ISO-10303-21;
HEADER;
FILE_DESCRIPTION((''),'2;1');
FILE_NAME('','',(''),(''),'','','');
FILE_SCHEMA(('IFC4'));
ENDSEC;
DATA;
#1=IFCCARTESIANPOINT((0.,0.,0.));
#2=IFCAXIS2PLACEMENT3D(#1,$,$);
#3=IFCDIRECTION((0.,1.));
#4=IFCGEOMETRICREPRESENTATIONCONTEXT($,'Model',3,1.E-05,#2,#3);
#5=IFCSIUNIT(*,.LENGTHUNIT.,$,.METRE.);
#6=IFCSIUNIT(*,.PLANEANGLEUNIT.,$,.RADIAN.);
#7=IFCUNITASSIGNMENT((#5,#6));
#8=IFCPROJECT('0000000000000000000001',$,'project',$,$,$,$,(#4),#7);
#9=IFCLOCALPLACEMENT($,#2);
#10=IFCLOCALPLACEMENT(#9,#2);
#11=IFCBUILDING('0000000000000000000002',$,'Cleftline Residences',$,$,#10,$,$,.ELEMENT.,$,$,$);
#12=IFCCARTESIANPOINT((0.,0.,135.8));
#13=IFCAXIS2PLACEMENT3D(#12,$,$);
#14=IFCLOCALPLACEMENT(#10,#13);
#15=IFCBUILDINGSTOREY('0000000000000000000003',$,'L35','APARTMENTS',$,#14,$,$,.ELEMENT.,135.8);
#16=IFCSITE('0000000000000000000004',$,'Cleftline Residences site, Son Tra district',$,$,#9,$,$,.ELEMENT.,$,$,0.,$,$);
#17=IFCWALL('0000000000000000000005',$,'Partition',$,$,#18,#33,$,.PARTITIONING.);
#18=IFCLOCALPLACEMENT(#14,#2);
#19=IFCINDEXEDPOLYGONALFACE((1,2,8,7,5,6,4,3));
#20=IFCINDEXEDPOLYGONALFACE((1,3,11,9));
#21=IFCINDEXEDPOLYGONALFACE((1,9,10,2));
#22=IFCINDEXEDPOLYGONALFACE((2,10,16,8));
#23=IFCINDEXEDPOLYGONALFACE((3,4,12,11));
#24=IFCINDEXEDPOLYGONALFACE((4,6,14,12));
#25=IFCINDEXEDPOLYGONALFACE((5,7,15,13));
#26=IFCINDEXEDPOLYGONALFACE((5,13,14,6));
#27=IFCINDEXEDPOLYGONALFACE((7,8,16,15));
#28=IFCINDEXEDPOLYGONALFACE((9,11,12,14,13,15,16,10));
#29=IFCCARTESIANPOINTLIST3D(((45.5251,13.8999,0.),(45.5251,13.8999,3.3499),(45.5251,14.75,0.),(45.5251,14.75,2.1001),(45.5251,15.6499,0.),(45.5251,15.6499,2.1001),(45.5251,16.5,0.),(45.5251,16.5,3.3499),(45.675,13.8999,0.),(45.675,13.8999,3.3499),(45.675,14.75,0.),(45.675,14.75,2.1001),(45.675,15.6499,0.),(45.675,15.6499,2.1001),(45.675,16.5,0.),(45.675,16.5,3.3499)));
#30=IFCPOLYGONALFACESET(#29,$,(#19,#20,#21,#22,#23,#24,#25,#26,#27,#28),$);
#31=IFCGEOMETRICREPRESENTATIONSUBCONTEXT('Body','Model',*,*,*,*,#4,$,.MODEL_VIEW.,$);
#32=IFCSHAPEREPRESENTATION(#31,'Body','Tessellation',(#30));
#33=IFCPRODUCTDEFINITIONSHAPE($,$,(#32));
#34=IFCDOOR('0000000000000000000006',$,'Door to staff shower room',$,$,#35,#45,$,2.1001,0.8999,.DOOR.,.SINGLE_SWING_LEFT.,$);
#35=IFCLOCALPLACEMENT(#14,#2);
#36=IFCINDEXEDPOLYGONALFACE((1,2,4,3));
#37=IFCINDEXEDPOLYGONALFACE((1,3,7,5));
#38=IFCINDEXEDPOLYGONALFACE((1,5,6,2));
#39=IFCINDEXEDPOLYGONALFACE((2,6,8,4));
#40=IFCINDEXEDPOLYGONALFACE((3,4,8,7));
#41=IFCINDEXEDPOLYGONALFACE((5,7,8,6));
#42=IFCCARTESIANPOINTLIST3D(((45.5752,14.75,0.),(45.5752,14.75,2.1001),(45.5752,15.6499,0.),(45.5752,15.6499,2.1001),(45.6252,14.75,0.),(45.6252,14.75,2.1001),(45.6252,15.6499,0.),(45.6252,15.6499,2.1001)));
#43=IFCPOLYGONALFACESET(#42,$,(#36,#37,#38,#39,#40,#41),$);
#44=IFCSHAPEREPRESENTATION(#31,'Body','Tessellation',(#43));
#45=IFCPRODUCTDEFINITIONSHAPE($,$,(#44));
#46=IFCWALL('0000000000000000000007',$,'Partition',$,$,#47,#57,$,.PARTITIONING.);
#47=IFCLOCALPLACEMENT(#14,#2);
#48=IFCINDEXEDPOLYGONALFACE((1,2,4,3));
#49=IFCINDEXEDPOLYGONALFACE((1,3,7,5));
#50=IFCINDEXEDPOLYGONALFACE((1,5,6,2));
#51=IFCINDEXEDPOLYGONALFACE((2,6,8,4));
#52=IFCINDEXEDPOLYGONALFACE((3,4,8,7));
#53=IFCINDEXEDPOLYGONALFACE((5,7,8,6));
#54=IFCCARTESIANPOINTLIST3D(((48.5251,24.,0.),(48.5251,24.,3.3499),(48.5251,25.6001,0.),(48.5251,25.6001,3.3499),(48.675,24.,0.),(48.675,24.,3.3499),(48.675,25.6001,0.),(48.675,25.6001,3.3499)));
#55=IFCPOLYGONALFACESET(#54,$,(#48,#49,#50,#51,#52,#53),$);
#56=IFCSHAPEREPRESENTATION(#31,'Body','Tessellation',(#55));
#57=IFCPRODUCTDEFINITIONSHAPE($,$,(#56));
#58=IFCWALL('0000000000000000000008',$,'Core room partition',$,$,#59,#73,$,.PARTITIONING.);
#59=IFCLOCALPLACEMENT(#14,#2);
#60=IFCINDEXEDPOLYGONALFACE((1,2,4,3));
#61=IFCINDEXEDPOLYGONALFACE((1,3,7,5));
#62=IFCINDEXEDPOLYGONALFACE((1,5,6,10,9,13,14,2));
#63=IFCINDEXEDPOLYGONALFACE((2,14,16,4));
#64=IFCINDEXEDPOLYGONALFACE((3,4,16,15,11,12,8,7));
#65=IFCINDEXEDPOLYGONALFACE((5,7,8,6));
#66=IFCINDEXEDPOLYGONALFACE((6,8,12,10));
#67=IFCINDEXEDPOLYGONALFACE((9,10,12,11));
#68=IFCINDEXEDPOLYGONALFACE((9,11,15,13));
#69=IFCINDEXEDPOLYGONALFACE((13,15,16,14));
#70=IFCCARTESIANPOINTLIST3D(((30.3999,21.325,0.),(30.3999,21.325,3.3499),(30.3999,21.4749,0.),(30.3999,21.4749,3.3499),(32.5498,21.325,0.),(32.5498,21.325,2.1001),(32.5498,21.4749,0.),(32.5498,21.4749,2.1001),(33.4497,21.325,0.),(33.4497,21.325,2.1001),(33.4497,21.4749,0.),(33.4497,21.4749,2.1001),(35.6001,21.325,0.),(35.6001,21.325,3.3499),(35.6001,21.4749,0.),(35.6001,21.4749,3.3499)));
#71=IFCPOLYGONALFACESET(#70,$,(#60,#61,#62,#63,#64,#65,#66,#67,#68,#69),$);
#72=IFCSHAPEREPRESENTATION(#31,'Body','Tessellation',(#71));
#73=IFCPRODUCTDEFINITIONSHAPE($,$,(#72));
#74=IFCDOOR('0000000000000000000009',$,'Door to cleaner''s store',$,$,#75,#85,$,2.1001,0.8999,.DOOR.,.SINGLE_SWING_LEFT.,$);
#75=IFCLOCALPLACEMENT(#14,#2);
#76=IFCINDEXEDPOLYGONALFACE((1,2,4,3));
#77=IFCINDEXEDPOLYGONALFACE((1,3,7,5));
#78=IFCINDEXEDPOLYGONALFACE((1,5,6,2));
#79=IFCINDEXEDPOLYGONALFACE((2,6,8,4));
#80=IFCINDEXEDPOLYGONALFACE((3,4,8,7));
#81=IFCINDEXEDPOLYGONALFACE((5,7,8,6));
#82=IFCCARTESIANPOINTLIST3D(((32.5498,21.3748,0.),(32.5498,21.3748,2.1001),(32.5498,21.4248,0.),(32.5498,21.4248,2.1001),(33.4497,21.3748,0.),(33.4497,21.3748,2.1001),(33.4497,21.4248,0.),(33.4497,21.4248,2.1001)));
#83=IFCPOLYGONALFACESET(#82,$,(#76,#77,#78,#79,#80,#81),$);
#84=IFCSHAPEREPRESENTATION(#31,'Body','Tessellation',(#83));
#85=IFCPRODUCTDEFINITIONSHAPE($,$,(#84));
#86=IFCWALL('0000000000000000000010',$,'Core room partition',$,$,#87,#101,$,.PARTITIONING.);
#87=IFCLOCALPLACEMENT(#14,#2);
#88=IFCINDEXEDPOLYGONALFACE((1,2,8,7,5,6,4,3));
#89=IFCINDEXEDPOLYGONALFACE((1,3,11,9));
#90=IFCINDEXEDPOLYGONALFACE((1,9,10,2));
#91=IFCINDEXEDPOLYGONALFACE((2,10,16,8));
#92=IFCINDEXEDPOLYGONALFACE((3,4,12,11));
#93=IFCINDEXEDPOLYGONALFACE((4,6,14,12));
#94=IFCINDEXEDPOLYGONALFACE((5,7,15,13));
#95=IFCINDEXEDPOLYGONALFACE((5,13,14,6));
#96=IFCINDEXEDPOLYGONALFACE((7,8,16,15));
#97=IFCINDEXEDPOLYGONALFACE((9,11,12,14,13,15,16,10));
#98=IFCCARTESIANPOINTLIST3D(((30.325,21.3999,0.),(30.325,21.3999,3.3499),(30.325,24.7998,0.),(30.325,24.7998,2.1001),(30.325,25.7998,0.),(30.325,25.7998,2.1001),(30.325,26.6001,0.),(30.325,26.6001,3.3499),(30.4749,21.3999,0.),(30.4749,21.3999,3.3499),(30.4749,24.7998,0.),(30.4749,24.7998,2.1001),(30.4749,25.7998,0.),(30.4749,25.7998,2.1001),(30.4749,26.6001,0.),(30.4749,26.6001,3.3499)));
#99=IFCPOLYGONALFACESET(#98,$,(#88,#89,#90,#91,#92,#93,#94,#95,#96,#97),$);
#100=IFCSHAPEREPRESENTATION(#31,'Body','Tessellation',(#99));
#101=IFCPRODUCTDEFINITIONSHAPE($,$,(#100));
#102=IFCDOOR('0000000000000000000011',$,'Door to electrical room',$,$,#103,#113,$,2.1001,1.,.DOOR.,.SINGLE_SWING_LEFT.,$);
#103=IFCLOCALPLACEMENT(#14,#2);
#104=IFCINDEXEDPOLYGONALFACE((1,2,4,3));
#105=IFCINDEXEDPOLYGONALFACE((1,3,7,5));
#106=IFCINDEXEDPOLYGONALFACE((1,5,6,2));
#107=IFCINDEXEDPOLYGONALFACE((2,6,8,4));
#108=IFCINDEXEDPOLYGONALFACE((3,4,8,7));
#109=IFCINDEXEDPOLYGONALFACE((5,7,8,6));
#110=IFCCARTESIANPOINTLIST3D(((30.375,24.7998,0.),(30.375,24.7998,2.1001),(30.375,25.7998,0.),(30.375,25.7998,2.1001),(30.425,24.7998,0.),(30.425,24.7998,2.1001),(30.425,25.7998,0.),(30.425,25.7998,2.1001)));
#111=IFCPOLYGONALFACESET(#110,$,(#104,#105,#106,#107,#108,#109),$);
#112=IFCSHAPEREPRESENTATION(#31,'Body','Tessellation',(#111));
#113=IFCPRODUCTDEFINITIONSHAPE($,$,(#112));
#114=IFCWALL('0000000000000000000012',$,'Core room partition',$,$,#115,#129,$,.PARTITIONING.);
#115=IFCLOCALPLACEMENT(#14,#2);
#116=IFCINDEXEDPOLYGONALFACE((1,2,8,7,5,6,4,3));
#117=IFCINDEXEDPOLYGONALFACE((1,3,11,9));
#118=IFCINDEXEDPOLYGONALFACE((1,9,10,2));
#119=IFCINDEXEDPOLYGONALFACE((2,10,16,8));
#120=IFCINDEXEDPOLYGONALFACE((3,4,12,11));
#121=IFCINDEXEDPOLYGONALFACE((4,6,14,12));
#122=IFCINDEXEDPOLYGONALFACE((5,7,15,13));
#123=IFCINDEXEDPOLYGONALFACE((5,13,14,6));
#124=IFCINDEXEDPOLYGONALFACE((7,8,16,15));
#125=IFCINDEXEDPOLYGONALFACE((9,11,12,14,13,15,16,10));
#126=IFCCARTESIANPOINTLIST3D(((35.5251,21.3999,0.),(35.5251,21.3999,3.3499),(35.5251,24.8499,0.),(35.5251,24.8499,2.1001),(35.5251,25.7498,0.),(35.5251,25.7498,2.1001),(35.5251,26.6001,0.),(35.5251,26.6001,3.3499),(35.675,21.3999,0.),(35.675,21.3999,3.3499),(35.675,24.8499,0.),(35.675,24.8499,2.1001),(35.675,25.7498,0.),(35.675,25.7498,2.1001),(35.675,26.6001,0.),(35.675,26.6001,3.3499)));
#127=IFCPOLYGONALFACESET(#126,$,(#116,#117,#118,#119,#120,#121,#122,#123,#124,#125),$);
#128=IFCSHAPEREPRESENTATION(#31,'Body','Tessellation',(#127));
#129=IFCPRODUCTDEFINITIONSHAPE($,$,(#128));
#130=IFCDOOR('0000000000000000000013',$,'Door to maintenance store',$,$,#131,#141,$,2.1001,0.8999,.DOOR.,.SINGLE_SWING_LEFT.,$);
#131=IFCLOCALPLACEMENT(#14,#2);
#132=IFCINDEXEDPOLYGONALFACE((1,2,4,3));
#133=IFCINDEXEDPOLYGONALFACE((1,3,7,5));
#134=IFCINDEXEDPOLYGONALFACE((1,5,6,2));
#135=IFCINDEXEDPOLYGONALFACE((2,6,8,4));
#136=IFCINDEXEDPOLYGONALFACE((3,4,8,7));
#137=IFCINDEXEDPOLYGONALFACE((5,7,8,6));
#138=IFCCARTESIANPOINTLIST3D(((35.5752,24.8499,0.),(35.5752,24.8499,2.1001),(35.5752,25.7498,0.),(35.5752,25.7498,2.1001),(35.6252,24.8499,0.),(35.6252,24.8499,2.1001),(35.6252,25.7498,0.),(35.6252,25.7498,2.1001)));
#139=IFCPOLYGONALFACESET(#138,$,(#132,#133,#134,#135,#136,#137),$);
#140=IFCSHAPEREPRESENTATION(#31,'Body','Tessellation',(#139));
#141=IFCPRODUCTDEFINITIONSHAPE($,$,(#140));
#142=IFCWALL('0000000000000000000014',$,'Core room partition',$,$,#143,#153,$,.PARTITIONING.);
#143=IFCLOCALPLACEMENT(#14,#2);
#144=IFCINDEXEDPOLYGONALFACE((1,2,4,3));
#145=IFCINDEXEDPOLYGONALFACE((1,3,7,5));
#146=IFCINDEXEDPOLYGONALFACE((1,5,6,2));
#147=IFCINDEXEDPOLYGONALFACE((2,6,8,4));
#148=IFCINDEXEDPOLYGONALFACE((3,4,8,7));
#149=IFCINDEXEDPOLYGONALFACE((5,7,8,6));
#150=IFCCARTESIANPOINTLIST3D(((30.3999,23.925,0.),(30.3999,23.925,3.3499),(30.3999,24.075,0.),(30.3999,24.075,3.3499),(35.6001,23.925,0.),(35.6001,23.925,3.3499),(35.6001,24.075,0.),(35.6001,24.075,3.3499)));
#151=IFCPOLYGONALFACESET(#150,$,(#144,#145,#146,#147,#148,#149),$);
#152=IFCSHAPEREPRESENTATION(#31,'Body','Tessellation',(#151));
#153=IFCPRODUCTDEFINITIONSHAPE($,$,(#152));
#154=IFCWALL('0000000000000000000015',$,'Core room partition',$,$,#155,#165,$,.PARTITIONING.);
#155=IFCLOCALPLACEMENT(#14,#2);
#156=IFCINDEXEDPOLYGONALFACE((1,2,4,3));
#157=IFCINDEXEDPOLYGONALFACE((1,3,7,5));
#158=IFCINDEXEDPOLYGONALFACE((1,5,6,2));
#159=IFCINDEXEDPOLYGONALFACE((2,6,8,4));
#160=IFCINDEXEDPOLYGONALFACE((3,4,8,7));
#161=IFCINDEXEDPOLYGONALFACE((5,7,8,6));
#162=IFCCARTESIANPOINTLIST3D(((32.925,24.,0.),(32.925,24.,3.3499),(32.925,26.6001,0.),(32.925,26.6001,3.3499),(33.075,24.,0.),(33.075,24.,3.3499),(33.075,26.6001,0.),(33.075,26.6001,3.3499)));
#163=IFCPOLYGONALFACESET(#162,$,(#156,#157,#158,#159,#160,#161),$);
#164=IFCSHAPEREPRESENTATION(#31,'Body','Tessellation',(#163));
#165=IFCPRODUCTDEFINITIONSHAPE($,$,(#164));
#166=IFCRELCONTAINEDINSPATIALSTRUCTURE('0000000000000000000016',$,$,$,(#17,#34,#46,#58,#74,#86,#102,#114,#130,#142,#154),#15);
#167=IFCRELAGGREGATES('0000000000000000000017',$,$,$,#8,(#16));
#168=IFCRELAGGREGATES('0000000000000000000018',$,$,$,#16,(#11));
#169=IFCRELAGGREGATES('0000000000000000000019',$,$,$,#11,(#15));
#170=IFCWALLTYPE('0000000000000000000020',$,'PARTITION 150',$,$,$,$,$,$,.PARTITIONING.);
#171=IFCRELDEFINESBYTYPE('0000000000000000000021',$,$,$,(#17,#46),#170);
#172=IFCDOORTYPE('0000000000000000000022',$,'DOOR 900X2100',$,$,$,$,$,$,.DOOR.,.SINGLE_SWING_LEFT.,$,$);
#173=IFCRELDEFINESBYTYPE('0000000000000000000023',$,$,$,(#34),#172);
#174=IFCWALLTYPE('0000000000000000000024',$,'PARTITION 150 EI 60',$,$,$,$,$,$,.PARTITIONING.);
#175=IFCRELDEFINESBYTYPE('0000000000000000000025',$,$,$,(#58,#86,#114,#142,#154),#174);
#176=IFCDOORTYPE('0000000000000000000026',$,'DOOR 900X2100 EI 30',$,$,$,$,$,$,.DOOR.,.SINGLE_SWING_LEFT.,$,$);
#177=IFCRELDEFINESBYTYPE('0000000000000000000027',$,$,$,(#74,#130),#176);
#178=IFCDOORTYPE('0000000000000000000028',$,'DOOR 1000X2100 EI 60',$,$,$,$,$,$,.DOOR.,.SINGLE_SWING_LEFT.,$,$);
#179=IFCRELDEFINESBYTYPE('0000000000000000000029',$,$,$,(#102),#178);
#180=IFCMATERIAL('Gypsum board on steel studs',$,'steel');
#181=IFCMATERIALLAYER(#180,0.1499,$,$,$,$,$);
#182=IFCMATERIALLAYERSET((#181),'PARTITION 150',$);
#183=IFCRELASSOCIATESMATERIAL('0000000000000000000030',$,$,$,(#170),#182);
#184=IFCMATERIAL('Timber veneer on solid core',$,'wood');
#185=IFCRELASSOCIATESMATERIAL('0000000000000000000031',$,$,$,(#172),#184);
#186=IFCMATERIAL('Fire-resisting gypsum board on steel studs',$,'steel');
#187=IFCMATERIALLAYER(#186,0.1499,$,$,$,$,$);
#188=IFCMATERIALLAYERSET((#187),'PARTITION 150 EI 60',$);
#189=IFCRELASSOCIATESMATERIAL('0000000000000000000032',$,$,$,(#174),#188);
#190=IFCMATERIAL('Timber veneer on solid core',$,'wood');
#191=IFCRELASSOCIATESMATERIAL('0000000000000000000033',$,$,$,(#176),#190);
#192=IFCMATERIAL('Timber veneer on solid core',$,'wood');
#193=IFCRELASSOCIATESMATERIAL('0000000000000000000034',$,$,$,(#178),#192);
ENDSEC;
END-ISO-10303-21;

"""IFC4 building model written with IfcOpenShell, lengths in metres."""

from ifc_helpers import new_model, si_unit, direction, frame, frame_2d, origin, place, context, subcontext, project, spatial, rectangle, extrude, material, layer, layer_set, type_object, element, fill, save


model = new_model("IFC4")

# Units and contexts
model_context = context("Model", 3, precision=1e-05, world=origin(), true_north=direction((0.0, 1.0)))
body_context = subcontext(model_context, "Body", "Model", "MODEL_VIEW")
ifc_project = project(units=[si_unit("LENGTHUNIT", "METRE"), si_unit("PLANEANGLEUNIT", "RADIAN")], contexts=[model_context])

# Site, building, storey
site_placement = place(None, origin())
site = spatial("IfcSite", under=ifc_project, at=site_placement, Name="Cleftline Residences site, Son Tra district", CompositionType="ELEMENT", RefElevation=0.0)
building_placement = place(site_placement, origin())
building = spatial("IfcBuilding", under=site, at=building_placement, Name="Cleftline Residences", CompositionType="ELEMENT")
storey_placement = place(building_placement, frame((0.0, 0.0, 135.8)))
storey = spatial("IfcBuildingStorey", under=building, at=storey_placement, Name="L35", Description="APARTMENTS", CompositionType="ELEMENT", Elevation=135.8)

# Shared definitions
ifc_material_1 = material(Name="Gypsum board on steel studs", Category="steel")
ifc_layer_1 = layer(ifc_material_1, 0.1499)
ifc_layer_set_1 = layer_set([ifc_layer_1], Name="PARTITION 150")
wall_type_1 = type_object("IfcWallType", Name="PARTITION 150", PredefinedType="PARTITIONING", material=ifc_layer_set_1)

# Wall, opening, door
wall_1_placement = place(storey_placement, frame((45.6001, 13.8999, 0.0), z_axis=(0.0, 0.0, 1.0), x_axis=(0.0, 1.0, 0.0)))
wall_1 = element("IfcWall", 1, at=wall_1_placement, inside=storey, type_object=wall_type_1, Name="Partition", PredefinedType="PARTITIONING", context=body_context, shape_type="SweptSolid", body=[
    extrude(rectangle(XDim=2.6001, YDim=0.1499, at=frame_2d((1.3, 0.0))), origin(), (0.0, 0.0, 1.0), 3.3499),
])
opening_1_placement = place(wall_1_placement, frame((0.8501, 0.0, 0.0)))
opening_1 = element("IfcOpeningElement", 2, at=opening_1_placement, cuts=wall_1, PredefinedType="OPENING", context=body_context, shape_type="SweptSolid", body=[
    extrude(rectangle(XDim=0.8999, YDim=2.1001, at=frame_2d((0.45, 1.05))), frame((0.0, 0.085, 0.0), z_axis=(0.0, -1.0, 0.0), x_axis=(1.0, 0.0, 0.0)), (0.0, 0.0, 1.0), 0.1699),
])
ifc_material_2 = material(Name="Timber veneer on solid core", Category="wood")
door_type_1 = type_object("IfcDoorType", Name="DOOR 900X2100", OperationType="SINGLE_SWING_LEFT", PredefinedType="DOOR", material=ifc_material_2)
door_1_placement = place(opening_1_placement, origin())
door_1 = element("IfcDoor", 3, at=door_1_placement, inside=storey, type_object=door_type_1, Name="Door to staff shower room", OperationType="SINGLE_SWING_LEFT", OverallHeight=2.1001, OverallWidth=0.8999, PredefinedType="DOOR", context=body_context, shape_type="SweptSolid", body=[
    extrude(rectangle(XDim=0.8999, YDim=2.1001, at=frame_2d((0.45, 1.05))), frame((0.0, 0.0249, 0.0), z_axis=(0.0, -1.0, 0.0), x_axis=(1.0, 0.0, 0.0)), (0.0, 0.0, 1.0), 0.05),
])
fill(opening_1, door_1)

# Wall
wall_2_placement = place(storey_placement, frame((48.6001, 24.0, 0.0), z_axis=(0.0, 0.0, 1.0), x_axis=(0.0, 1.0, 0.0)))
element("IfcWall", 4, at=wall_2_placement, inside=storey, type_object=wall_type_1, Name="Partition", PredefinedType="PARTITIONING", context=body_context, shape_type="SweptSolid", body=[
    extrude(rectangle(XDim=1.6001, YDim=0.1499, at=frame_2d((0.8, 0.0))), origin(), (0.0, 0.0, 1.0), 3.3499),
])

# Walls, openings, doors
ifc_material_3 = material(Name="Fire-resisting gypsum board on steel studs", Category="steel")
ifc_layer_2 = layer(ifc_material_3, 0.1499)
ifc_layer_set_2 = layer_set([ifc_layer_2], Name="PARTITION 150 EI 60")
wall_type_2 = type_object("IfcWallType", Name="PARTITION 150 EI 60", PredefinedType="PARTITIONING", material=ifc_layer_set_2)
wall_3_placement = place(storey_placement, frame((30.3999, 21.3999, 0.0), z_axis=(0.0, 0.0, 1.0), x_axis=(1.0, 0.0, 0.0)))
wall_3 = element("IfcWall", 5, at=wall_3_placement, inside=storey, type_object=wall_type_2, Name="Core room partition", PredefinedType="PARTITIONING", context=body_context, shape_type="SweptSolid", body=[
    extrude(rectangle(XDim=5.2002, YDim=0.1499, at=frame_2d((2.6001, 0.0))), origin(), (0.0, 0.0, 1.0), 3.3499),
])
opening_2_placement = place(wall_3_placement, frame((2.1499, 0.0, 0.0)))
opening_2 = element("IfcOpeningElement", 6, at=opening_2_placement, cuts=wall_3, PredefinedType="OPENING", context=body_context, shape_type="SweptSolid", body=[
    extrude(rectangle(XDim=0.8999, YDim=2.1001, at=frame_2d((0.45, 1.05))), frame((0.0, 0.085, 0.0), z_axis=(0.0, -1.0, 0.0), x_axis=(1.0, 0.0, 0.0)), (0.0, 0.0, 1.0), 0.1699),
])
ifc_material_4 = material(Name="Timber veneer on solid core", Category="wood")
door_type_2 = type_object("IfcDoorType", Name="DOOR 900X2100 EI 30", OperationType="SINGLE_SWING_LEFT", PredefinedType="DOOR", material=ifc_material_4)
door_2_placement = place(opening_2_placement, origin())
door_2 = element("IfcDoor", 7, at=door_2_placement, inside=storey, type_object=door_type_2, Name="Door to cleaner's store", OperationType="SINGLE_SWING_LEFT", OverallHeight=2.1001, OverallWidth=0.8999, PredefinedType="DOOR", context=body_context, shape_type="SweptSolid", body=[
    extrude(rectangle(XDim=0.8999, YDim=2.1001, at=frame_2d((0.45, 1.05))), frame((0.0, 0.0249, 0.0), z_axis=(0.0, -1.0, 0.0), x_axis=(1.0, 0.0, 0.0)), (0.0, 0.0, 1.0), 0.05),
])
fill(opening_2, door_2)
wall_4_placement = place(storey_placement, frame((30.3999, 21.3999, 0.0), z_axis=(0.0, 0.0, 1.0), x_axis=(0.0, 1.0, 0.0)))
wall_4 = element("IfcWall", 8, at=wall_4_placement, inside=storey, type_object=wall_type_2, Name="Core room partition", PredefinedType="PARTITIONING", context=body_context, shape_type="SweptSolid", body=[
    extrude(rectangle(XDim=5.2002, YDim=0.1499, at=frame_2d((2.6001, 0.0))), origin(), (0.0, 0.0, 1.0), 3.3499),
])
opening_3_placement = place(wall_4_placement, frame((3.3999, 0.0, 0.0)))
opening_3 = element("IfcOpeningElement", 9, at=opening_3_placement, cuts=wall_4, PredefinedType="OPENING", context=body_context, shape_type="SweptSolid", body=[
    extrude(rectangle(XDim=1.0, YDim=2.1001, at=frame_2d((0.5, 1.05))), frame((0.0, 0.085, 0.0), z_axis=(0.0, -1.0, 0.0), x_axis=(1.0, 0.0, 0.0)), (0.0, 0.0, 1.0), 0.1699),
])
ifc_material_5 = material(Name="Timber veneer on solid core", Category="wood")
door_type_3 = type_object("IfcDoorType", Name="DOOR 1000X2100 EI 60", OperationType="SINGLE_SWING_LEFT", PredefinedType="DOOR", material=ifc_material_5)
door_3_placement = place(opening_3_placement, origin())
door_3 = element("IfcDoor", 10, at=door_3_placement, inside=storey, type_object=door_type_3, Name="Door to electrical room", OperationType="SINGLE_SWING_LEFT", OverallHeight=2.1001, OverallWidth=1.0, PredefinedType="DOOR", context=body_context, shape_type="SweptSolid", body=[
    extrude(rectangle(XDim=1.0, YDim=2.1001, at=frame_2d((0.5, 1.05))), frame((0.0, 0.0249, 0.0), z_axis=(0.0, -1.0, 0.0), x_axis=(1.0, 0.0, 0.0)), (0.0, 0.0, 1.0), 0.05),
])
fill(opening_3, door_3)
wall_5_placement = place(storey_placement, frame((35.6001, 21.3999, 0.0), z_axis=(0.0, 0.0, 1.0), x_axis=(0.0, 1.0, 0.0)))
wall_5 = element("IfcWall", 11, at=wall_5_placement, inside=storey, type_object=wall_type_2, Name="Core room partition", PredefinedType="PARTITIONING", context=body_context, shape_type="SweptSolid", body=[
    extrude(rectangle(XDim=5.2002, YDim=0.1499, at=frame_2d((2.6001, 0.0))), origin(), (0.0, 0.0, 1.0), 3.3499),
])
opening_4_placement = place(wall_5_placement, frame((3.45, 0.0, 0.0)))
opening_4 = element("IfcOpeningElement", 12, at=opening_4_placement, cuts=wall_5, PredefinedType="OPENING", context=body_context, shape_type="SweptSolid", body=[
    extrude(rectangle(XDim=0.8999, YDim=2.1001, at=frame_2d((0.45, 1.05))), frame((0.0, 0.085, 0.0), z_axis=(0.0, -1.0, 0.0), x_axis=(1.0, 0.0, 0.0)), (0.0, 0.0, 1.0), 0.1699),
])
door_4_placement = place(opening_4_placement, origin())
door_4 = element("IfcDoor", 13, at=door_4_placement, inside=storey, type_object=door_type_2, Name="Door to maintenance store", OperationType="SINGLE_SWING_LEFT", OverallHeight=2.1001, OverallWidth=0.8999, PredefinedType="DOOR", context=body_context, shape_type="SweptSolid", body=[
    extrude(rectangle(XDim=0.8999, YDim=2.1001, at=frame_2d((0.45, 1.05))), frame((0.0, 0.0249, 0.0), z_axis=(0.0, -1.0, 0.0), x_axis=(1.0, 0.0, 0.0)), (0.0, 0.0, 1.0), 0.05),
])
fill(opening_4, door_4)

# Walls
wall_6_placement = place(storey_placement, frame((30.3999, 24.0, 0.0), z_axis=(0.0, 0.0, 1.0), x_axis=(1.0, 0.0, 0.0)))
element("IfcWall", 14, at=wall_6_placement, inside=storey, type_object=wall_type_2, Name="Core room partition", PredefinedType="PARTITIONING", context=body_context, shape_type="SweptSolid", body=[
    extrude(rectangle(XDim=5.2002, YDim=0.1499, at=frame_2d((2.6001, 0.0))), origin(), (0.0, 0.0, 1.0), 3.3499),
])
wall_7_placement = place(storey_placement, frame((33.0, 24.0, 0.0), z_axis=(0.0, 0.0, 1.0), x_axis=(0.0, 1.0, 0.0)))
element("IfcWall", 15, at=wall_7_placement, inside=storey, type_object=wall_type_2, Name="Core room partition", PredefinedType="PARTITIONING", context=body_context, shape_type="SweptSolid", body=[
    extrude(rectangle(XDim=2.6001, YDim=0.1499, at=frame_2d((1.3, 0.0))), origin(), (0.0, 0.0, 1.0), 3.3499),
])

save(model, "model.ifc")
